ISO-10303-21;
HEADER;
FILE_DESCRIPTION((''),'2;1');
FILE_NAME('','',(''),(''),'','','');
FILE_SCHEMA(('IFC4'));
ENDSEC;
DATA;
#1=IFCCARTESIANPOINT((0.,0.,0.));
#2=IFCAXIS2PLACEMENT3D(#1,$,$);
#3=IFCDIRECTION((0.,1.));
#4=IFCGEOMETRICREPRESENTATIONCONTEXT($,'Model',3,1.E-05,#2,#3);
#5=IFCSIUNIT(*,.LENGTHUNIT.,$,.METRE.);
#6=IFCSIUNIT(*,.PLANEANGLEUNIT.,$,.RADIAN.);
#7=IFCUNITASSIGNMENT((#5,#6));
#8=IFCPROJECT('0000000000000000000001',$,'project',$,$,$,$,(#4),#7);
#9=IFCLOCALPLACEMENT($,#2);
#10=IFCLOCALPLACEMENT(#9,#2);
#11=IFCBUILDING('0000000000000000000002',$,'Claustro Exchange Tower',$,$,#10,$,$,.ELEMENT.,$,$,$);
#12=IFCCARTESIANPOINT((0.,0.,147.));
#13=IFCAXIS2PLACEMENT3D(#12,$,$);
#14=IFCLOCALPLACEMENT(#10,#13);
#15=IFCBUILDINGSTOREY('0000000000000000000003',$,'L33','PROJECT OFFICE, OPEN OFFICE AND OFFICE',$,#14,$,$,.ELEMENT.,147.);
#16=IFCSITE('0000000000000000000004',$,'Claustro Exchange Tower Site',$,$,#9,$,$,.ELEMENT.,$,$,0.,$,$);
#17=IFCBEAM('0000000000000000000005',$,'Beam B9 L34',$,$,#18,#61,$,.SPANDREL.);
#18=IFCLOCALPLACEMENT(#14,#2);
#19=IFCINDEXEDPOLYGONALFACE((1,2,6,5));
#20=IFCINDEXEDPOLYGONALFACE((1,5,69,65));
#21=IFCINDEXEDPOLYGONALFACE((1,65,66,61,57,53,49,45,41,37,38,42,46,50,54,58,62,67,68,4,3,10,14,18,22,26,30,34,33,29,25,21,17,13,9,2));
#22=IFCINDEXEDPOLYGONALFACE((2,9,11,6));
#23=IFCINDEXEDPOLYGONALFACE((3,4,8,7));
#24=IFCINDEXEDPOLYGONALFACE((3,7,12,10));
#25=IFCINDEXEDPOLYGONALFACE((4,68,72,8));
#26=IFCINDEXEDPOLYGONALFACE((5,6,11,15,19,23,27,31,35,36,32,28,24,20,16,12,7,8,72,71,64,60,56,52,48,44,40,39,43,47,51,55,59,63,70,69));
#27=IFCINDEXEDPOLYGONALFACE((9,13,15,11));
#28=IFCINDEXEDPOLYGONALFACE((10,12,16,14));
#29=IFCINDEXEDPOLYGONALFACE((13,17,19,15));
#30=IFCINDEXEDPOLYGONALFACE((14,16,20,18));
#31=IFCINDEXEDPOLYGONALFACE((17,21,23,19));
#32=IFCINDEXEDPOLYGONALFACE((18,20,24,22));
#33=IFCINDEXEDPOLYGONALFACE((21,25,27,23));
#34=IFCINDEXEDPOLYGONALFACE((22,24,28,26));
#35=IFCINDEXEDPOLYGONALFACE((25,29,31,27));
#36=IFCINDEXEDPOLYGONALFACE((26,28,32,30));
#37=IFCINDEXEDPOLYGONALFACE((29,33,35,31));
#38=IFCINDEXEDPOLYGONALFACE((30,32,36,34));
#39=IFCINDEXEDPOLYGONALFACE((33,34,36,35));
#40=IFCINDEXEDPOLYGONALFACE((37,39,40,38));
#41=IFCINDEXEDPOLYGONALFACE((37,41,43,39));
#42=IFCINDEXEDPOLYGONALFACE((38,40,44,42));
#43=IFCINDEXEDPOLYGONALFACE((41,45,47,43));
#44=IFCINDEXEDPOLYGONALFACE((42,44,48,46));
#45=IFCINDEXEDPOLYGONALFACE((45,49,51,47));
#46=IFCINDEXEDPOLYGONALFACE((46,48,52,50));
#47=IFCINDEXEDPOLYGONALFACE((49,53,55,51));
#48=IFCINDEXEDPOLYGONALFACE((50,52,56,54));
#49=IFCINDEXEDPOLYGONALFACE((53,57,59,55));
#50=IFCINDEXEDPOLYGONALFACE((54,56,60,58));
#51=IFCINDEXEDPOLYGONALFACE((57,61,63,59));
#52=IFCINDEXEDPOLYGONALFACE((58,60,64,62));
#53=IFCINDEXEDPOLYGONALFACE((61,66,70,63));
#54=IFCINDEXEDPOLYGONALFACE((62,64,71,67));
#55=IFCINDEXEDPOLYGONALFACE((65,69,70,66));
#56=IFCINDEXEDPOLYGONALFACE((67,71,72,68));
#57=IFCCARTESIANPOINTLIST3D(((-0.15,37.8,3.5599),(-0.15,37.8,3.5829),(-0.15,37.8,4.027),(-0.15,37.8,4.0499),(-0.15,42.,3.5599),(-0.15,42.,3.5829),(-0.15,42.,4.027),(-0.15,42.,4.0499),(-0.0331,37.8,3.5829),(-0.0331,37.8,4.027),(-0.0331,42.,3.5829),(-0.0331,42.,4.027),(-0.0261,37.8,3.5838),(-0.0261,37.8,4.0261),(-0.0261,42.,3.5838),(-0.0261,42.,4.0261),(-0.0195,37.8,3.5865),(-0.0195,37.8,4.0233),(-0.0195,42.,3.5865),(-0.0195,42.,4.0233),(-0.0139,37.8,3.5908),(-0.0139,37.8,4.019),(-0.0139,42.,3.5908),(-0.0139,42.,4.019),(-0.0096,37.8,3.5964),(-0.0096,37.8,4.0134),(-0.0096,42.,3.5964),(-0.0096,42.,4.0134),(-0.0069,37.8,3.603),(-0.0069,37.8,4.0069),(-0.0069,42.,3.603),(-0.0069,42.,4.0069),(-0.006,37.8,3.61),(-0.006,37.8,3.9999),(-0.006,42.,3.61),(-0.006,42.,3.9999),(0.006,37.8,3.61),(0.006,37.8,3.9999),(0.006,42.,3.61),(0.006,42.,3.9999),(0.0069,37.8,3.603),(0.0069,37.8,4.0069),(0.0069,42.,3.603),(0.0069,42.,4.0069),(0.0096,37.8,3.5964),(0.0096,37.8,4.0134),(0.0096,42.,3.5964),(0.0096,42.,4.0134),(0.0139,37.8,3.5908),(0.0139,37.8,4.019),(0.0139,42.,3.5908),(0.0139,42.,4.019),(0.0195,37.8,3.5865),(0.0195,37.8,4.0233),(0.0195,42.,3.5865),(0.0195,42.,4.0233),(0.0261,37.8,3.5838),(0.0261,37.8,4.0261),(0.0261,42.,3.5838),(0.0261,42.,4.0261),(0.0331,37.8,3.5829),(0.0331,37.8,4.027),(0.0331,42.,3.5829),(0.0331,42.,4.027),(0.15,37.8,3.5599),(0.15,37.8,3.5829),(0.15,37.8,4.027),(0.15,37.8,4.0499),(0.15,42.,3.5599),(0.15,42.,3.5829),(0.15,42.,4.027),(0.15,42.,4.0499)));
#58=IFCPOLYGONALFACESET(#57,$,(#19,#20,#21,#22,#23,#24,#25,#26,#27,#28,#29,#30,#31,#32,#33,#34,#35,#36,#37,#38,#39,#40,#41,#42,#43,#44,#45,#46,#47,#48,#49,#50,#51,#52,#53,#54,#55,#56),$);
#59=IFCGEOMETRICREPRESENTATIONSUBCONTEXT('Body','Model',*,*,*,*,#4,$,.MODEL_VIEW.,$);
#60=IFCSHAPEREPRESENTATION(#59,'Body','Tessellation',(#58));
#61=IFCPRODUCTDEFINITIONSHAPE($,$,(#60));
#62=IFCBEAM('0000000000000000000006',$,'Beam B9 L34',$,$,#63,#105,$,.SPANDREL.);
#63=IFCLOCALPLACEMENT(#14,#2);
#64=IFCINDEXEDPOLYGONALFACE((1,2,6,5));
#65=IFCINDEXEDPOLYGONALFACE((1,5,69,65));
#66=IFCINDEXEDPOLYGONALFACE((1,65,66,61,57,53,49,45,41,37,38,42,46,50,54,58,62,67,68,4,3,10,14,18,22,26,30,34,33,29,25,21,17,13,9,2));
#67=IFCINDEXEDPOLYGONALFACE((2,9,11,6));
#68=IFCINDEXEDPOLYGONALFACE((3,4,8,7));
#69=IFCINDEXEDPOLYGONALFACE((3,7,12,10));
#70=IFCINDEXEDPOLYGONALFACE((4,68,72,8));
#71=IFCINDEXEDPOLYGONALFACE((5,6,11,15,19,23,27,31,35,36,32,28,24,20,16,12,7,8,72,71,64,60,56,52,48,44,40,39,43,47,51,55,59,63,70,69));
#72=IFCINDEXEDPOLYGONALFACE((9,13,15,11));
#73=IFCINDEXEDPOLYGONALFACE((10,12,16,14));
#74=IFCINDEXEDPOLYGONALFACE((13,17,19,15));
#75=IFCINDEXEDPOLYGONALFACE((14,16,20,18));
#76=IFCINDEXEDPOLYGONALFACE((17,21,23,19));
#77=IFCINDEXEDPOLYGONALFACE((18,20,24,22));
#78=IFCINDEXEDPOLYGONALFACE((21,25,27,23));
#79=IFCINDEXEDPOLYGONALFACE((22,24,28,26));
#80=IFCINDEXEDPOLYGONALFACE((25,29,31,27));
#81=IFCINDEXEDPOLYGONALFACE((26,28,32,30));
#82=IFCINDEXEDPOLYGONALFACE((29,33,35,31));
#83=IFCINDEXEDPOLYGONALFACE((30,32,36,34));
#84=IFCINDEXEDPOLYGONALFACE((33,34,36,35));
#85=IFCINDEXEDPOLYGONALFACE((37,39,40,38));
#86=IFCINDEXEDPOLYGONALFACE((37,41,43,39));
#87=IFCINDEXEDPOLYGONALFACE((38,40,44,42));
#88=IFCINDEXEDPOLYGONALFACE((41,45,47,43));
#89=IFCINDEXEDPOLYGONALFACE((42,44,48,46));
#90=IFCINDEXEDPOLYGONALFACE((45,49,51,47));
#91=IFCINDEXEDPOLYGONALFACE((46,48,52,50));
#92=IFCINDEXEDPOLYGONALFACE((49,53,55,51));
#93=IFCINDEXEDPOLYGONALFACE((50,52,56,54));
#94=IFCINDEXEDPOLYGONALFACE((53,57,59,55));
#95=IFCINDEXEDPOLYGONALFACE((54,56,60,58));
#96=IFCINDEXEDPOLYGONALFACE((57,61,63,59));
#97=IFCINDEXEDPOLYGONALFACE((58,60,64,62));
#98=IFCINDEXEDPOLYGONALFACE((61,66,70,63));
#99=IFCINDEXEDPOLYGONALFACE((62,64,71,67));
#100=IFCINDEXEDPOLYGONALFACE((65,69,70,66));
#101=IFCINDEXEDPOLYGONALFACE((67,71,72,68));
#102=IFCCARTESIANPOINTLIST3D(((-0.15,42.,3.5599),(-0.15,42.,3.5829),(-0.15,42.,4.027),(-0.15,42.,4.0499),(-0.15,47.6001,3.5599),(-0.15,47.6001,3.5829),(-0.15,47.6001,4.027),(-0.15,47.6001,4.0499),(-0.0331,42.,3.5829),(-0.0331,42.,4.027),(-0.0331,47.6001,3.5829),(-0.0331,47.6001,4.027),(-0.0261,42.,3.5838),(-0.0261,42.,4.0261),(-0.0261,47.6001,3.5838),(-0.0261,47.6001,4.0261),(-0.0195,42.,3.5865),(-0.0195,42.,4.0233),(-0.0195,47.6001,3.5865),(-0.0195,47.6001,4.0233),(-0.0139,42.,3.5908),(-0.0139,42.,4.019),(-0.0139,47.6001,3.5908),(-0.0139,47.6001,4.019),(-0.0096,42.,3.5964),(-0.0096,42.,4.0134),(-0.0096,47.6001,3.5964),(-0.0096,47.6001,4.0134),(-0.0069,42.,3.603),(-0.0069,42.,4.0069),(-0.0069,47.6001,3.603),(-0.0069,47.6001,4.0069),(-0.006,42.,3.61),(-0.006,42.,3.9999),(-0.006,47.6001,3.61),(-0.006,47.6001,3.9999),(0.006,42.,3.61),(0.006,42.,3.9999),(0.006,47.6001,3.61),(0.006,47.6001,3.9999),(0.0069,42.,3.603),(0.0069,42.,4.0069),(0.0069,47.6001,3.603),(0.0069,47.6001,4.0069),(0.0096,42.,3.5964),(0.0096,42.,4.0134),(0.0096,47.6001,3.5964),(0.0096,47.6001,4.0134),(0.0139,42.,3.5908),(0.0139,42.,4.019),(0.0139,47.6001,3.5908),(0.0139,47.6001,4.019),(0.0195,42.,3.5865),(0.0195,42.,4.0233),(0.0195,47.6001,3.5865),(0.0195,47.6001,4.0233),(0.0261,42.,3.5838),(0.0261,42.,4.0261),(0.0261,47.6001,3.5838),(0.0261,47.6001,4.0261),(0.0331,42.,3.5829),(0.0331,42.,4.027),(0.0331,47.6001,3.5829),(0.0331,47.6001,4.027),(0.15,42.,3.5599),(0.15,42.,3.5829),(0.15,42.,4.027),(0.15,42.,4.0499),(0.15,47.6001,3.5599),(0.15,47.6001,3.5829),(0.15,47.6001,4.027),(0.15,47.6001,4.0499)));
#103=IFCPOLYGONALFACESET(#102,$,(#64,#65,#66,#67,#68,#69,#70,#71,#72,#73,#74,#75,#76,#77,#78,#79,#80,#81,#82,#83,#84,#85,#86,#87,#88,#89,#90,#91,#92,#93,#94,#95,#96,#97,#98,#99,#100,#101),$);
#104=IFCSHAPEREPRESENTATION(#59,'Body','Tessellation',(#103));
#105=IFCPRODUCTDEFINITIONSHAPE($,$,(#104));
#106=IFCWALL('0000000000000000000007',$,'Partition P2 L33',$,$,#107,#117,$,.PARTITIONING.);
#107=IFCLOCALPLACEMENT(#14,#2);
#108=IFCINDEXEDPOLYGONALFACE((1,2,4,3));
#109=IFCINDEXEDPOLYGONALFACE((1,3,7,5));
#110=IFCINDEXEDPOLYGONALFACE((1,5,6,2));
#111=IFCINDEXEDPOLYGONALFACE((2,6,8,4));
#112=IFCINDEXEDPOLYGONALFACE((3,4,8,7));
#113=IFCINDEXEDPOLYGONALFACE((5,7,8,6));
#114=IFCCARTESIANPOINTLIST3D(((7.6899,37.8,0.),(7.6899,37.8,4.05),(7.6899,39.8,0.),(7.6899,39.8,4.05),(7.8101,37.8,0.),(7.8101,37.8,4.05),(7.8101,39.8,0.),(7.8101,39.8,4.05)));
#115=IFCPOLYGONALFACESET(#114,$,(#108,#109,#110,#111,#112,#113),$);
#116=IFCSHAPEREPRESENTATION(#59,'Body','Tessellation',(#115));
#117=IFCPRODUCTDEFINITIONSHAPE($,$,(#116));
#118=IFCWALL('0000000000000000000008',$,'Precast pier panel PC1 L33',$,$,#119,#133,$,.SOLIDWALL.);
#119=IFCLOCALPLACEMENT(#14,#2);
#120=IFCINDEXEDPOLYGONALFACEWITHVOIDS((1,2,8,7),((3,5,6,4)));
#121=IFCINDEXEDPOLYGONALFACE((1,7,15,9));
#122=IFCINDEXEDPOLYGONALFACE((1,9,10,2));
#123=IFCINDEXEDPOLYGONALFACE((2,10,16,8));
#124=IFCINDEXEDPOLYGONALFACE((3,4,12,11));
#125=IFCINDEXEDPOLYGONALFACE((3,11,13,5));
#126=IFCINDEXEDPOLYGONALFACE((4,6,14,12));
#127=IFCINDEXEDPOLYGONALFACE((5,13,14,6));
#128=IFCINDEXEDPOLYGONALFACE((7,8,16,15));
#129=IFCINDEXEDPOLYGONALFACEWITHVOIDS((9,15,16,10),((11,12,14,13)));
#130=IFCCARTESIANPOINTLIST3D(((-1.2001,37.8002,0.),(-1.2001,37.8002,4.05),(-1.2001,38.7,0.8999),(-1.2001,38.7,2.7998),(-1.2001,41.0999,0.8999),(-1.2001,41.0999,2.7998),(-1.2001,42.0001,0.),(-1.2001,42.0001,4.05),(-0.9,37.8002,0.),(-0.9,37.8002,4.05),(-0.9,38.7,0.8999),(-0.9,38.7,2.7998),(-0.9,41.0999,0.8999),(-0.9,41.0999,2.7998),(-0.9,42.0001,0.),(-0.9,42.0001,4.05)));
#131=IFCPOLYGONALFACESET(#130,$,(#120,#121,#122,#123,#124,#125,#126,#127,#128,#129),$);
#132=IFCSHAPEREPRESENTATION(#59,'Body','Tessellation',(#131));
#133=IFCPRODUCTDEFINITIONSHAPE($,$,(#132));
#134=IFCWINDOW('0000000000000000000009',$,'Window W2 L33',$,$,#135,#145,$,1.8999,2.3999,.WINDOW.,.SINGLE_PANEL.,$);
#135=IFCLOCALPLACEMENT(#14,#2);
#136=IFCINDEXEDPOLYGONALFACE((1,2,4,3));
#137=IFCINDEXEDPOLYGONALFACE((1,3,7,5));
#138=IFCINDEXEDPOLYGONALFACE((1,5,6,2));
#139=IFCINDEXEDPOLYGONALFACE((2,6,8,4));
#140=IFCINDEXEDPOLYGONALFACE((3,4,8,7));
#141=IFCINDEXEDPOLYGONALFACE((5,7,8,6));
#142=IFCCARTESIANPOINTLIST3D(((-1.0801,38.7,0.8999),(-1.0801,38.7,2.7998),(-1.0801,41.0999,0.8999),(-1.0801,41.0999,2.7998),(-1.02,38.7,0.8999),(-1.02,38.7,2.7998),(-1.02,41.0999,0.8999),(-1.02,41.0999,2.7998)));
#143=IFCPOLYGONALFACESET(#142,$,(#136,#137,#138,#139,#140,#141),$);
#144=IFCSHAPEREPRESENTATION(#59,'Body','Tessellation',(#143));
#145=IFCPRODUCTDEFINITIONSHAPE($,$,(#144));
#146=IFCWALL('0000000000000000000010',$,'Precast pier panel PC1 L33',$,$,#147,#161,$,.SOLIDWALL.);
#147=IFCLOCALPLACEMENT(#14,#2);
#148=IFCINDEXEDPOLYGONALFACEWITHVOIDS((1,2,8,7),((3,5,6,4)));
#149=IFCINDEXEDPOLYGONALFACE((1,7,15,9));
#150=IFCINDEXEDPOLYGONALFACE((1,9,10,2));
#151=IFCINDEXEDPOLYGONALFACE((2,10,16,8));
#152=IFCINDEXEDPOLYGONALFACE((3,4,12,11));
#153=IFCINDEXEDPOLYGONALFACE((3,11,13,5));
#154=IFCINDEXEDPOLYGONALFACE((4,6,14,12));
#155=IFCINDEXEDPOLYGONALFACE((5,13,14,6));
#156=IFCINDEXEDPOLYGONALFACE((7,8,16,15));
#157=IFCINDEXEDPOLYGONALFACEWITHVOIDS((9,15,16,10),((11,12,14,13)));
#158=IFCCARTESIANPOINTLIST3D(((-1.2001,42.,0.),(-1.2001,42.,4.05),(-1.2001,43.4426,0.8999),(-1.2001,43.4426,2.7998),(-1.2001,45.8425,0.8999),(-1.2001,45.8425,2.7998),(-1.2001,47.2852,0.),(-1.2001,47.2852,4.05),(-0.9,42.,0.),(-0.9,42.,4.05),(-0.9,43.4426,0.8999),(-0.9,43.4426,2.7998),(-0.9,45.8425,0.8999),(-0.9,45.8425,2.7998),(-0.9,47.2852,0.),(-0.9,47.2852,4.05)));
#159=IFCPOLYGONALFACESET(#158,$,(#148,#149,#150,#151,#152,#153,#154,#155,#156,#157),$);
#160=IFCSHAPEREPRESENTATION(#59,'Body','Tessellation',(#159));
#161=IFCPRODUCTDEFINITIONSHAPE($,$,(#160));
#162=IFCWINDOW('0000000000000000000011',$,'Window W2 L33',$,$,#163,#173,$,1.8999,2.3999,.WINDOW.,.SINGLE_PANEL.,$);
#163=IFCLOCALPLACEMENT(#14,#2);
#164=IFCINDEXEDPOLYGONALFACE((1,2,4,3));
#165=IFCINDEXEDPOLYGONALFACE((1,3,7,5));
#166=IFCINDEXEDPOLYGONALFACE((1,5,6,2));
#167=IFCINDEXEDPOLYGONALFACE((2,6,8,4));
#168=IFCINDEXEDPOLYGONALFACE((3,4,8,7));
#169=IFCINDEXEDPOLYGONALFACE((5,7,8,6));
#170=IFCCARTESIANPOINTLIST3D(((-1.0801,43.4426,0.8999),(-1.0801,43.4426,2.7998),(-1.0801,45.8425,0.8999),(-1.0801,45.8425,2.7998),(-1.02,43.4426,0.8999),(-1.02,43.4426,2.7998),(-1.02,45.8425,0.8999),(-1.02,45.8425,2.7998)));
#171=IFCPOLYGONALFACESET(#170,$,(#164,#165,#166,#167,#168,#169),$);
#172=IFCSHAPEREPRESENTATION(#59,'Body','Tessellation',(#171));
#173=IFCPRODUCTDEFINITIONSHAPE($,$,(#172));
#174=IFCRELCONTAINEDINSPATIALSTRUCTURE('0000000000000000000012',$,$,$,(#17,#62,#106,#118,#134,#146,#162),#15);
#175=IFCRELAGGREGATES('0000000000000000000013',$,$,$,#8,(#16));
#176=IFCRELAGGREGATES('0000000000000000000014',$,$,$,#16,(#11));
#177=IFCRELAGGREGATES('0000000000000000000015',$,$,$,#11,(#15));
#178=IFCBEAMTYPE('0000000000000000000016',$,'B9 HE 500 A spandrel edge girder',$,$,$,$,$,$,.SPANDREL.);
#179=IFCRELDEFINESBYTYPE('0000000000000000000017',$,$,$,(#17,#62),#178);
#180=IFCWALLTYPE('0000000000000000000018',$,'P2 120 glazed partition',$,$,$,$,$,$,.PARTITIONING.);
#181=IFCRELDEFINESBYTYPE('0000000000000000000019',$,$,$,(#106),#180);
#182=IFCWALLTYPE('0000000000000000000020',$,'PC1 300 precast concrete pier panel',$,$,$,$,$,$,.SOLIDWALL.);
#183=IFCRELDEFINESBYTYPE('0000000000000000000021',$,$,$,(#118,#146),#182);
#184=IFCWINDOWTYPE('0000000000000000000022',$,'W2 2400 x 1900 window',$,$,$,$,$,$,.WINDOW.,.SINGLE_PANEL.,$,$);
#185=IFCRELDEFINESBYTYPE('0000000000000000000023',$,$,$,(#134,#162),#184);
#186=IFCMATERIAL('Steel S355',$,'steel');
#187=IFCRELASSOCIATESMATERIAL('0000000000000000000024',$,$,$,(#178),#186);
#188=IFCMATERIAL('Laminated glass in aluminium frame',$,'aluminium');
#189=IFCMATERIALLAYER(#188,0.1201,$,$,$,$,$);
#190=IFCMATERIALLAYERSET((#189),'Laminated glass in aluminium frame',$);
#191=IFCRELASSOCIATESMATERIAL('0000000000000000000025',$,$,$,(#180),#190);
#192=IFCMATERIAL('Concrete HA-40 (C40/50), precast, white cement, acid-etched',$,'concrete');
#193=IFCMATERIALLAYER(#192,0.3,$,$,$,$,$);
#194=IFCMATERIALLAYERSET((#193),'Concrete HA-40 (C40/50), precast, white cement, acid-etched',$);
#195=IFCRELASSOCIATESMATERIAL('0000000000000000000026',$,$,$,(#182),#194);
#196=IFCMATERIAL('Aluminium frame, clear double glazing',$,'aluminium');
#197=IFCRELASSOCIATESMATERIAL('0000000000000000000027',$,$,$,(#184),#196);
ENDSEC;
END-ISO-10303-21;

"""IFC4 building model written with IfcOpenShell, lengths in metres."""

from ifc_helpers import new_model, si_unit, direction, frame, frame_2d, origin, origin_2d, place, context, subcontext, project, spatial, rectangle, i_section, extrude, material, layer, layer_set, material_profile, profile_set, type_object, element, fill, save


model = new_model("IFC4")

# Units and contexts
model_context = context("Model", 3, precision=1e-05, world=origin(), true_north=direction((0.0, 1.0)))
body_context = subcontext(model_context, "Body", "Model", "MODEL_VIEW")
ifc_project = project(units=[si_unit("LENGTHUNIT", "METRE"), si_unit("PLANEANGLEUNIT", "RADIAN")], contexts=[model_context])

# Site, building, storey
site_placement = place(None, origin())
site = spatial("IfcSite", under=ifc_project, at=site_placement, Name="Claustro Exchange Tower Site", CompositionType="ELEMENT", RefElevation=0.0)
building_placement = place(site_placement, origin())
building = spatial("IfcBuilding", under=site, at=building_placement, Name="Claustro Exchange Tower", CompositionType="ELEMENT")
storey_placement = place(building_placement, frame((0.0, 0.0, 147.0)))
storey = spatial("IfcBuildingStorey", under=building, at=storey_placement, Name="L33", Description="PROJECT OFFICE, OPEN OFFICE AND OFFICE", CompositionType="ELEMENT", Elevation=147.0)

# Beams
ifc_material_1 = material(Name="Steel S355", Category="steel")
ifc_material_profile_1 = material_profile(ifc_material_1, i_section(OverallWidth=0.3, OverallDepth=0.49, WebThickness=0.012, FlangeThickness=0.0229, FilletRadius=0.0271, at=origin_2d()), Name="HE 500 A")
ifc_profile_set_1 = profile_set([ifc_material_profile_1], Name="Steel S355")
beam_type_1 = type_object("IfcBeamType", Name="B9 HE 500 A spandrel edge girder", PredefinedType="SPANDREL", material=ifc_profile_set_1)
beam_1_placement = place(storey_placement, frame((0.0, 37.8, 3.8049), z_axis=(0.0, 1.0, 0.0), x_axis=(-1.0, 0.0, 0.0)))
element("IfcBeam", 1, at=beam_1_placement, inside=storey, type_object=beam_type_1, Name="Beam B9 L34", PredefinedType="SPANDREL", context=body_context, shape_type="SweptSolid", body=[
    extrude(i_section(OverallWidth=0.3, OverallDepth=0.49, WebThickness=0.012, FlangeThickness=0.0229, FilletRadius=0.0271, at=origin_2d()), origin(), (0.0, 0.0, 1.0), 4.2),
])
beam_2_placement = place(storey_placement, frame((0.0, 42.0, 3.8049), z_axis=(0.0, 1.0, 0.0), x_axis=(-1.0, 0.0, 0.0)))
element("IfcBeam", 2, at=beam_2_placement, inside=storey, type_object=beam_type_1, Name="Beam B9 L34", PredefinedType="SPANDREL", context=body_context, shape_type="SweptSolid", body=[
    extrude(i_section(OverallWidth=0.3, OverallDepth=0.49, WebThickness=0.012, FlangeThickness=0.0229, FilletRadius=0.0271, at=origin_2d()), origin(), (0.0, 0.0, 1.0), 5.6001),
])

# Wall
ifc_material_2 = material(Name="Laminated glass in aluminium frame", Category="aluminium")
ifc_layer_1 = layer(ifc_material_2, 0.1201)
ifc_layer_set_1 = layer_set([ifc_layer_1], Name="Laminated glass in aluminium frame")
wall_type_1 = type_object("IfcWallType", Name="P2 120 glazed partition", PredefinedType="PARTITIONING", material=ifc_layer_set_1)
wall_1_placement = place(storey_placement, frame((7.75, 37.8, 0.0), z_axis=(0.0, 0.0, 1.0), x_axis=(0.0, 1.0, 0.0)))
element("IfcWall", 3, at=wall_1_placement, inside=storey, type_object=wall_type_1, Name="Partition P2 L33", PredefinedType="PARTITIONING", context=body_context, shape_type="SweptSolid", body=[
    extrude(rectangle(XDim=2.0, YDim=0.1201, at=frame_2d((1.0, 0.0))), origin(), (0.0, 0.0, 1.0), 4.05),
])

# Walls, openings, windows
ifc_material_3 = material(Name="Concrete HA-40 (C40/50), precast, white cement, acid-etched", Category="concrete")
ifc_layer_2 = layer(ifc_material_3, 0.3)
ifc_layer_set_2 = layer_set([ifc_layer_2], Name="Concrete HA-40 (C40/50), precast, white cement, acid-etched")
wall_type_2 = type_object("IfcWallType", Name="PC1 300 precast concrete pier panel", PredefinedType="SOLIDWALL", material=ifc_layer_set_2)
wall_2_placement = place(storey_placement, frame((-1.05, 37.8, 0.0), z_axis=(0.0, 0.0, 1.0), x_axis=(0.0, 1.0, 0.0)))
wall_2 = element("IfcWall", 4, at=wall_2_placement, inside=storey, type_object=wall_type_2, Name="Precast pier panel PC1 L33", PredefinedType="SOLIDWALL", context=body_context, shape_type="SweptSolid", body=[
    extrude(rectangle(XDim=4.2, YDim=0.3, at=frame_2d((2.1001, 0.0))), origin(), (0.0, 0.0, 1.0), 4.05),
])
opening_1_placement = place(wall_2_placement, frame((0.8999, 0.0, 0.8999)))
opening_1 = element("IfcOpeningElement", 5, at=opening_1_placement, cuts=wall_2, PredefinedType="OPENING", context=body_context, shape_type="SweptSolid", body=[
    extrude(rectangle(XDim=2.3999, YDim=1.8999, at=frame_2d((1.2, 0.95))), frame((0.0, 0.1599, 0.0), z_axis=(0.0, -1.0, 0.0), x_axis=(1.0, 0.0, 0.0)), (0.0, 0.0, 1.0), 0.3201),
])
ifc_material_4 = material(Name="Aluminium frame, clear double glazing", Category="aluminium")
window_type = type_object("IfcWindowType", Name="W2 2400 x 1900 window", PartitioningType="SINGLE_PANEL", PredefinedType="WINDOW", material=ifc_material_4)
window_1_placement = place(opening_1_placement, origin())
window_1 = element("IfcWindow", 6, at=window_1_placement, inside=storey, type_object=window_type, Name="Window W2 L33", OverallHeight=1.8999, OverallWidth=2.3999, PartitioningType="SINGLE_PANEL", PredefinedType="WINDOW", context=body_context, shape_type="SweptSolid", body=[
    extrude(rectangle(XDim=2.3999, YDim=1.8999, at=frame_2d((1.2, 0.95))), frame((0.0, 0.03, 0.0), z_axis=(0.0, -1.0, 0.0), x_axis=(1.0, 0.0, 0.0)), (0.0, 0.0, 1.0), 0.0601),
])
fill(opening_1, window_1)
wall_3_placement = place(storey_placement, frame((-1.05, 42.0, 0.0), z_axis=(0.0, 0.0, 1.0), x_axis=(0.0, 1.0, 0.0)))
wall_3 = element("IfcWall", 7, at=wall_3_placement, inside=storey, type_object=wall_type_2, Name="Precast pier panel PC1 L33", PredefinedType="SOLIDWALL", context=body_context, shape_type="SweptSolid", body=[
    extrude(rectangle(XDim=5.2852, YDim=0.3, at=frame_2d((2.6426, 0.0))), origin(), (0.0, 0.0, 1.0), 4.05),
])
opening_2_placement = place(wall_3_placement, frame((1.4426, 0.0, 0.8999)))
opening_2 = element("IfcOpeningElement", 8, at=opening_2_placement, cuts=wall_3, PredefinedType="OPENING", context=body_context, shape_type="SweptSolid", body=[
    extrude(rectangle(XDim=2.3999, YDim=1.8999, at=frame_2d((1.2, 0.95))), frame((0.0, 0.1599, 0.0), z_axis=(0.0, -1.0, 0.0), x_axis=(1.0, 0.0, 0.0)), (0.0, 0.0, 1.0), 0.3201),
])
window_2_placement = place(opening_2_placement, origin())
window_2 = element("IfcWindow", 9, at=window_2_placement, inside=storey, type_object=window_type, Name="Window W2 L33", OverallHeight=1.8999, OverallWidth=2.3999, PartitioningType="SINGLE_PANEL", PredefinedType="WINDOW", context=body_context, shape_type="SweptSolid", body=[
    extrude(rectangle(XDim=2.3999, YDim=1.8999, at=frame_2d((1.2, 0.95))), frame((0.0, 0.03, 0.0), z_axis=(0.0, -1.0, 0.0), x_axis=(1.0, 0.0, 0.0)), (0.0, 0.0, 1.0), 0.0601),
])
fill(opening_2, window_2)

save(model, "model.ifc")
